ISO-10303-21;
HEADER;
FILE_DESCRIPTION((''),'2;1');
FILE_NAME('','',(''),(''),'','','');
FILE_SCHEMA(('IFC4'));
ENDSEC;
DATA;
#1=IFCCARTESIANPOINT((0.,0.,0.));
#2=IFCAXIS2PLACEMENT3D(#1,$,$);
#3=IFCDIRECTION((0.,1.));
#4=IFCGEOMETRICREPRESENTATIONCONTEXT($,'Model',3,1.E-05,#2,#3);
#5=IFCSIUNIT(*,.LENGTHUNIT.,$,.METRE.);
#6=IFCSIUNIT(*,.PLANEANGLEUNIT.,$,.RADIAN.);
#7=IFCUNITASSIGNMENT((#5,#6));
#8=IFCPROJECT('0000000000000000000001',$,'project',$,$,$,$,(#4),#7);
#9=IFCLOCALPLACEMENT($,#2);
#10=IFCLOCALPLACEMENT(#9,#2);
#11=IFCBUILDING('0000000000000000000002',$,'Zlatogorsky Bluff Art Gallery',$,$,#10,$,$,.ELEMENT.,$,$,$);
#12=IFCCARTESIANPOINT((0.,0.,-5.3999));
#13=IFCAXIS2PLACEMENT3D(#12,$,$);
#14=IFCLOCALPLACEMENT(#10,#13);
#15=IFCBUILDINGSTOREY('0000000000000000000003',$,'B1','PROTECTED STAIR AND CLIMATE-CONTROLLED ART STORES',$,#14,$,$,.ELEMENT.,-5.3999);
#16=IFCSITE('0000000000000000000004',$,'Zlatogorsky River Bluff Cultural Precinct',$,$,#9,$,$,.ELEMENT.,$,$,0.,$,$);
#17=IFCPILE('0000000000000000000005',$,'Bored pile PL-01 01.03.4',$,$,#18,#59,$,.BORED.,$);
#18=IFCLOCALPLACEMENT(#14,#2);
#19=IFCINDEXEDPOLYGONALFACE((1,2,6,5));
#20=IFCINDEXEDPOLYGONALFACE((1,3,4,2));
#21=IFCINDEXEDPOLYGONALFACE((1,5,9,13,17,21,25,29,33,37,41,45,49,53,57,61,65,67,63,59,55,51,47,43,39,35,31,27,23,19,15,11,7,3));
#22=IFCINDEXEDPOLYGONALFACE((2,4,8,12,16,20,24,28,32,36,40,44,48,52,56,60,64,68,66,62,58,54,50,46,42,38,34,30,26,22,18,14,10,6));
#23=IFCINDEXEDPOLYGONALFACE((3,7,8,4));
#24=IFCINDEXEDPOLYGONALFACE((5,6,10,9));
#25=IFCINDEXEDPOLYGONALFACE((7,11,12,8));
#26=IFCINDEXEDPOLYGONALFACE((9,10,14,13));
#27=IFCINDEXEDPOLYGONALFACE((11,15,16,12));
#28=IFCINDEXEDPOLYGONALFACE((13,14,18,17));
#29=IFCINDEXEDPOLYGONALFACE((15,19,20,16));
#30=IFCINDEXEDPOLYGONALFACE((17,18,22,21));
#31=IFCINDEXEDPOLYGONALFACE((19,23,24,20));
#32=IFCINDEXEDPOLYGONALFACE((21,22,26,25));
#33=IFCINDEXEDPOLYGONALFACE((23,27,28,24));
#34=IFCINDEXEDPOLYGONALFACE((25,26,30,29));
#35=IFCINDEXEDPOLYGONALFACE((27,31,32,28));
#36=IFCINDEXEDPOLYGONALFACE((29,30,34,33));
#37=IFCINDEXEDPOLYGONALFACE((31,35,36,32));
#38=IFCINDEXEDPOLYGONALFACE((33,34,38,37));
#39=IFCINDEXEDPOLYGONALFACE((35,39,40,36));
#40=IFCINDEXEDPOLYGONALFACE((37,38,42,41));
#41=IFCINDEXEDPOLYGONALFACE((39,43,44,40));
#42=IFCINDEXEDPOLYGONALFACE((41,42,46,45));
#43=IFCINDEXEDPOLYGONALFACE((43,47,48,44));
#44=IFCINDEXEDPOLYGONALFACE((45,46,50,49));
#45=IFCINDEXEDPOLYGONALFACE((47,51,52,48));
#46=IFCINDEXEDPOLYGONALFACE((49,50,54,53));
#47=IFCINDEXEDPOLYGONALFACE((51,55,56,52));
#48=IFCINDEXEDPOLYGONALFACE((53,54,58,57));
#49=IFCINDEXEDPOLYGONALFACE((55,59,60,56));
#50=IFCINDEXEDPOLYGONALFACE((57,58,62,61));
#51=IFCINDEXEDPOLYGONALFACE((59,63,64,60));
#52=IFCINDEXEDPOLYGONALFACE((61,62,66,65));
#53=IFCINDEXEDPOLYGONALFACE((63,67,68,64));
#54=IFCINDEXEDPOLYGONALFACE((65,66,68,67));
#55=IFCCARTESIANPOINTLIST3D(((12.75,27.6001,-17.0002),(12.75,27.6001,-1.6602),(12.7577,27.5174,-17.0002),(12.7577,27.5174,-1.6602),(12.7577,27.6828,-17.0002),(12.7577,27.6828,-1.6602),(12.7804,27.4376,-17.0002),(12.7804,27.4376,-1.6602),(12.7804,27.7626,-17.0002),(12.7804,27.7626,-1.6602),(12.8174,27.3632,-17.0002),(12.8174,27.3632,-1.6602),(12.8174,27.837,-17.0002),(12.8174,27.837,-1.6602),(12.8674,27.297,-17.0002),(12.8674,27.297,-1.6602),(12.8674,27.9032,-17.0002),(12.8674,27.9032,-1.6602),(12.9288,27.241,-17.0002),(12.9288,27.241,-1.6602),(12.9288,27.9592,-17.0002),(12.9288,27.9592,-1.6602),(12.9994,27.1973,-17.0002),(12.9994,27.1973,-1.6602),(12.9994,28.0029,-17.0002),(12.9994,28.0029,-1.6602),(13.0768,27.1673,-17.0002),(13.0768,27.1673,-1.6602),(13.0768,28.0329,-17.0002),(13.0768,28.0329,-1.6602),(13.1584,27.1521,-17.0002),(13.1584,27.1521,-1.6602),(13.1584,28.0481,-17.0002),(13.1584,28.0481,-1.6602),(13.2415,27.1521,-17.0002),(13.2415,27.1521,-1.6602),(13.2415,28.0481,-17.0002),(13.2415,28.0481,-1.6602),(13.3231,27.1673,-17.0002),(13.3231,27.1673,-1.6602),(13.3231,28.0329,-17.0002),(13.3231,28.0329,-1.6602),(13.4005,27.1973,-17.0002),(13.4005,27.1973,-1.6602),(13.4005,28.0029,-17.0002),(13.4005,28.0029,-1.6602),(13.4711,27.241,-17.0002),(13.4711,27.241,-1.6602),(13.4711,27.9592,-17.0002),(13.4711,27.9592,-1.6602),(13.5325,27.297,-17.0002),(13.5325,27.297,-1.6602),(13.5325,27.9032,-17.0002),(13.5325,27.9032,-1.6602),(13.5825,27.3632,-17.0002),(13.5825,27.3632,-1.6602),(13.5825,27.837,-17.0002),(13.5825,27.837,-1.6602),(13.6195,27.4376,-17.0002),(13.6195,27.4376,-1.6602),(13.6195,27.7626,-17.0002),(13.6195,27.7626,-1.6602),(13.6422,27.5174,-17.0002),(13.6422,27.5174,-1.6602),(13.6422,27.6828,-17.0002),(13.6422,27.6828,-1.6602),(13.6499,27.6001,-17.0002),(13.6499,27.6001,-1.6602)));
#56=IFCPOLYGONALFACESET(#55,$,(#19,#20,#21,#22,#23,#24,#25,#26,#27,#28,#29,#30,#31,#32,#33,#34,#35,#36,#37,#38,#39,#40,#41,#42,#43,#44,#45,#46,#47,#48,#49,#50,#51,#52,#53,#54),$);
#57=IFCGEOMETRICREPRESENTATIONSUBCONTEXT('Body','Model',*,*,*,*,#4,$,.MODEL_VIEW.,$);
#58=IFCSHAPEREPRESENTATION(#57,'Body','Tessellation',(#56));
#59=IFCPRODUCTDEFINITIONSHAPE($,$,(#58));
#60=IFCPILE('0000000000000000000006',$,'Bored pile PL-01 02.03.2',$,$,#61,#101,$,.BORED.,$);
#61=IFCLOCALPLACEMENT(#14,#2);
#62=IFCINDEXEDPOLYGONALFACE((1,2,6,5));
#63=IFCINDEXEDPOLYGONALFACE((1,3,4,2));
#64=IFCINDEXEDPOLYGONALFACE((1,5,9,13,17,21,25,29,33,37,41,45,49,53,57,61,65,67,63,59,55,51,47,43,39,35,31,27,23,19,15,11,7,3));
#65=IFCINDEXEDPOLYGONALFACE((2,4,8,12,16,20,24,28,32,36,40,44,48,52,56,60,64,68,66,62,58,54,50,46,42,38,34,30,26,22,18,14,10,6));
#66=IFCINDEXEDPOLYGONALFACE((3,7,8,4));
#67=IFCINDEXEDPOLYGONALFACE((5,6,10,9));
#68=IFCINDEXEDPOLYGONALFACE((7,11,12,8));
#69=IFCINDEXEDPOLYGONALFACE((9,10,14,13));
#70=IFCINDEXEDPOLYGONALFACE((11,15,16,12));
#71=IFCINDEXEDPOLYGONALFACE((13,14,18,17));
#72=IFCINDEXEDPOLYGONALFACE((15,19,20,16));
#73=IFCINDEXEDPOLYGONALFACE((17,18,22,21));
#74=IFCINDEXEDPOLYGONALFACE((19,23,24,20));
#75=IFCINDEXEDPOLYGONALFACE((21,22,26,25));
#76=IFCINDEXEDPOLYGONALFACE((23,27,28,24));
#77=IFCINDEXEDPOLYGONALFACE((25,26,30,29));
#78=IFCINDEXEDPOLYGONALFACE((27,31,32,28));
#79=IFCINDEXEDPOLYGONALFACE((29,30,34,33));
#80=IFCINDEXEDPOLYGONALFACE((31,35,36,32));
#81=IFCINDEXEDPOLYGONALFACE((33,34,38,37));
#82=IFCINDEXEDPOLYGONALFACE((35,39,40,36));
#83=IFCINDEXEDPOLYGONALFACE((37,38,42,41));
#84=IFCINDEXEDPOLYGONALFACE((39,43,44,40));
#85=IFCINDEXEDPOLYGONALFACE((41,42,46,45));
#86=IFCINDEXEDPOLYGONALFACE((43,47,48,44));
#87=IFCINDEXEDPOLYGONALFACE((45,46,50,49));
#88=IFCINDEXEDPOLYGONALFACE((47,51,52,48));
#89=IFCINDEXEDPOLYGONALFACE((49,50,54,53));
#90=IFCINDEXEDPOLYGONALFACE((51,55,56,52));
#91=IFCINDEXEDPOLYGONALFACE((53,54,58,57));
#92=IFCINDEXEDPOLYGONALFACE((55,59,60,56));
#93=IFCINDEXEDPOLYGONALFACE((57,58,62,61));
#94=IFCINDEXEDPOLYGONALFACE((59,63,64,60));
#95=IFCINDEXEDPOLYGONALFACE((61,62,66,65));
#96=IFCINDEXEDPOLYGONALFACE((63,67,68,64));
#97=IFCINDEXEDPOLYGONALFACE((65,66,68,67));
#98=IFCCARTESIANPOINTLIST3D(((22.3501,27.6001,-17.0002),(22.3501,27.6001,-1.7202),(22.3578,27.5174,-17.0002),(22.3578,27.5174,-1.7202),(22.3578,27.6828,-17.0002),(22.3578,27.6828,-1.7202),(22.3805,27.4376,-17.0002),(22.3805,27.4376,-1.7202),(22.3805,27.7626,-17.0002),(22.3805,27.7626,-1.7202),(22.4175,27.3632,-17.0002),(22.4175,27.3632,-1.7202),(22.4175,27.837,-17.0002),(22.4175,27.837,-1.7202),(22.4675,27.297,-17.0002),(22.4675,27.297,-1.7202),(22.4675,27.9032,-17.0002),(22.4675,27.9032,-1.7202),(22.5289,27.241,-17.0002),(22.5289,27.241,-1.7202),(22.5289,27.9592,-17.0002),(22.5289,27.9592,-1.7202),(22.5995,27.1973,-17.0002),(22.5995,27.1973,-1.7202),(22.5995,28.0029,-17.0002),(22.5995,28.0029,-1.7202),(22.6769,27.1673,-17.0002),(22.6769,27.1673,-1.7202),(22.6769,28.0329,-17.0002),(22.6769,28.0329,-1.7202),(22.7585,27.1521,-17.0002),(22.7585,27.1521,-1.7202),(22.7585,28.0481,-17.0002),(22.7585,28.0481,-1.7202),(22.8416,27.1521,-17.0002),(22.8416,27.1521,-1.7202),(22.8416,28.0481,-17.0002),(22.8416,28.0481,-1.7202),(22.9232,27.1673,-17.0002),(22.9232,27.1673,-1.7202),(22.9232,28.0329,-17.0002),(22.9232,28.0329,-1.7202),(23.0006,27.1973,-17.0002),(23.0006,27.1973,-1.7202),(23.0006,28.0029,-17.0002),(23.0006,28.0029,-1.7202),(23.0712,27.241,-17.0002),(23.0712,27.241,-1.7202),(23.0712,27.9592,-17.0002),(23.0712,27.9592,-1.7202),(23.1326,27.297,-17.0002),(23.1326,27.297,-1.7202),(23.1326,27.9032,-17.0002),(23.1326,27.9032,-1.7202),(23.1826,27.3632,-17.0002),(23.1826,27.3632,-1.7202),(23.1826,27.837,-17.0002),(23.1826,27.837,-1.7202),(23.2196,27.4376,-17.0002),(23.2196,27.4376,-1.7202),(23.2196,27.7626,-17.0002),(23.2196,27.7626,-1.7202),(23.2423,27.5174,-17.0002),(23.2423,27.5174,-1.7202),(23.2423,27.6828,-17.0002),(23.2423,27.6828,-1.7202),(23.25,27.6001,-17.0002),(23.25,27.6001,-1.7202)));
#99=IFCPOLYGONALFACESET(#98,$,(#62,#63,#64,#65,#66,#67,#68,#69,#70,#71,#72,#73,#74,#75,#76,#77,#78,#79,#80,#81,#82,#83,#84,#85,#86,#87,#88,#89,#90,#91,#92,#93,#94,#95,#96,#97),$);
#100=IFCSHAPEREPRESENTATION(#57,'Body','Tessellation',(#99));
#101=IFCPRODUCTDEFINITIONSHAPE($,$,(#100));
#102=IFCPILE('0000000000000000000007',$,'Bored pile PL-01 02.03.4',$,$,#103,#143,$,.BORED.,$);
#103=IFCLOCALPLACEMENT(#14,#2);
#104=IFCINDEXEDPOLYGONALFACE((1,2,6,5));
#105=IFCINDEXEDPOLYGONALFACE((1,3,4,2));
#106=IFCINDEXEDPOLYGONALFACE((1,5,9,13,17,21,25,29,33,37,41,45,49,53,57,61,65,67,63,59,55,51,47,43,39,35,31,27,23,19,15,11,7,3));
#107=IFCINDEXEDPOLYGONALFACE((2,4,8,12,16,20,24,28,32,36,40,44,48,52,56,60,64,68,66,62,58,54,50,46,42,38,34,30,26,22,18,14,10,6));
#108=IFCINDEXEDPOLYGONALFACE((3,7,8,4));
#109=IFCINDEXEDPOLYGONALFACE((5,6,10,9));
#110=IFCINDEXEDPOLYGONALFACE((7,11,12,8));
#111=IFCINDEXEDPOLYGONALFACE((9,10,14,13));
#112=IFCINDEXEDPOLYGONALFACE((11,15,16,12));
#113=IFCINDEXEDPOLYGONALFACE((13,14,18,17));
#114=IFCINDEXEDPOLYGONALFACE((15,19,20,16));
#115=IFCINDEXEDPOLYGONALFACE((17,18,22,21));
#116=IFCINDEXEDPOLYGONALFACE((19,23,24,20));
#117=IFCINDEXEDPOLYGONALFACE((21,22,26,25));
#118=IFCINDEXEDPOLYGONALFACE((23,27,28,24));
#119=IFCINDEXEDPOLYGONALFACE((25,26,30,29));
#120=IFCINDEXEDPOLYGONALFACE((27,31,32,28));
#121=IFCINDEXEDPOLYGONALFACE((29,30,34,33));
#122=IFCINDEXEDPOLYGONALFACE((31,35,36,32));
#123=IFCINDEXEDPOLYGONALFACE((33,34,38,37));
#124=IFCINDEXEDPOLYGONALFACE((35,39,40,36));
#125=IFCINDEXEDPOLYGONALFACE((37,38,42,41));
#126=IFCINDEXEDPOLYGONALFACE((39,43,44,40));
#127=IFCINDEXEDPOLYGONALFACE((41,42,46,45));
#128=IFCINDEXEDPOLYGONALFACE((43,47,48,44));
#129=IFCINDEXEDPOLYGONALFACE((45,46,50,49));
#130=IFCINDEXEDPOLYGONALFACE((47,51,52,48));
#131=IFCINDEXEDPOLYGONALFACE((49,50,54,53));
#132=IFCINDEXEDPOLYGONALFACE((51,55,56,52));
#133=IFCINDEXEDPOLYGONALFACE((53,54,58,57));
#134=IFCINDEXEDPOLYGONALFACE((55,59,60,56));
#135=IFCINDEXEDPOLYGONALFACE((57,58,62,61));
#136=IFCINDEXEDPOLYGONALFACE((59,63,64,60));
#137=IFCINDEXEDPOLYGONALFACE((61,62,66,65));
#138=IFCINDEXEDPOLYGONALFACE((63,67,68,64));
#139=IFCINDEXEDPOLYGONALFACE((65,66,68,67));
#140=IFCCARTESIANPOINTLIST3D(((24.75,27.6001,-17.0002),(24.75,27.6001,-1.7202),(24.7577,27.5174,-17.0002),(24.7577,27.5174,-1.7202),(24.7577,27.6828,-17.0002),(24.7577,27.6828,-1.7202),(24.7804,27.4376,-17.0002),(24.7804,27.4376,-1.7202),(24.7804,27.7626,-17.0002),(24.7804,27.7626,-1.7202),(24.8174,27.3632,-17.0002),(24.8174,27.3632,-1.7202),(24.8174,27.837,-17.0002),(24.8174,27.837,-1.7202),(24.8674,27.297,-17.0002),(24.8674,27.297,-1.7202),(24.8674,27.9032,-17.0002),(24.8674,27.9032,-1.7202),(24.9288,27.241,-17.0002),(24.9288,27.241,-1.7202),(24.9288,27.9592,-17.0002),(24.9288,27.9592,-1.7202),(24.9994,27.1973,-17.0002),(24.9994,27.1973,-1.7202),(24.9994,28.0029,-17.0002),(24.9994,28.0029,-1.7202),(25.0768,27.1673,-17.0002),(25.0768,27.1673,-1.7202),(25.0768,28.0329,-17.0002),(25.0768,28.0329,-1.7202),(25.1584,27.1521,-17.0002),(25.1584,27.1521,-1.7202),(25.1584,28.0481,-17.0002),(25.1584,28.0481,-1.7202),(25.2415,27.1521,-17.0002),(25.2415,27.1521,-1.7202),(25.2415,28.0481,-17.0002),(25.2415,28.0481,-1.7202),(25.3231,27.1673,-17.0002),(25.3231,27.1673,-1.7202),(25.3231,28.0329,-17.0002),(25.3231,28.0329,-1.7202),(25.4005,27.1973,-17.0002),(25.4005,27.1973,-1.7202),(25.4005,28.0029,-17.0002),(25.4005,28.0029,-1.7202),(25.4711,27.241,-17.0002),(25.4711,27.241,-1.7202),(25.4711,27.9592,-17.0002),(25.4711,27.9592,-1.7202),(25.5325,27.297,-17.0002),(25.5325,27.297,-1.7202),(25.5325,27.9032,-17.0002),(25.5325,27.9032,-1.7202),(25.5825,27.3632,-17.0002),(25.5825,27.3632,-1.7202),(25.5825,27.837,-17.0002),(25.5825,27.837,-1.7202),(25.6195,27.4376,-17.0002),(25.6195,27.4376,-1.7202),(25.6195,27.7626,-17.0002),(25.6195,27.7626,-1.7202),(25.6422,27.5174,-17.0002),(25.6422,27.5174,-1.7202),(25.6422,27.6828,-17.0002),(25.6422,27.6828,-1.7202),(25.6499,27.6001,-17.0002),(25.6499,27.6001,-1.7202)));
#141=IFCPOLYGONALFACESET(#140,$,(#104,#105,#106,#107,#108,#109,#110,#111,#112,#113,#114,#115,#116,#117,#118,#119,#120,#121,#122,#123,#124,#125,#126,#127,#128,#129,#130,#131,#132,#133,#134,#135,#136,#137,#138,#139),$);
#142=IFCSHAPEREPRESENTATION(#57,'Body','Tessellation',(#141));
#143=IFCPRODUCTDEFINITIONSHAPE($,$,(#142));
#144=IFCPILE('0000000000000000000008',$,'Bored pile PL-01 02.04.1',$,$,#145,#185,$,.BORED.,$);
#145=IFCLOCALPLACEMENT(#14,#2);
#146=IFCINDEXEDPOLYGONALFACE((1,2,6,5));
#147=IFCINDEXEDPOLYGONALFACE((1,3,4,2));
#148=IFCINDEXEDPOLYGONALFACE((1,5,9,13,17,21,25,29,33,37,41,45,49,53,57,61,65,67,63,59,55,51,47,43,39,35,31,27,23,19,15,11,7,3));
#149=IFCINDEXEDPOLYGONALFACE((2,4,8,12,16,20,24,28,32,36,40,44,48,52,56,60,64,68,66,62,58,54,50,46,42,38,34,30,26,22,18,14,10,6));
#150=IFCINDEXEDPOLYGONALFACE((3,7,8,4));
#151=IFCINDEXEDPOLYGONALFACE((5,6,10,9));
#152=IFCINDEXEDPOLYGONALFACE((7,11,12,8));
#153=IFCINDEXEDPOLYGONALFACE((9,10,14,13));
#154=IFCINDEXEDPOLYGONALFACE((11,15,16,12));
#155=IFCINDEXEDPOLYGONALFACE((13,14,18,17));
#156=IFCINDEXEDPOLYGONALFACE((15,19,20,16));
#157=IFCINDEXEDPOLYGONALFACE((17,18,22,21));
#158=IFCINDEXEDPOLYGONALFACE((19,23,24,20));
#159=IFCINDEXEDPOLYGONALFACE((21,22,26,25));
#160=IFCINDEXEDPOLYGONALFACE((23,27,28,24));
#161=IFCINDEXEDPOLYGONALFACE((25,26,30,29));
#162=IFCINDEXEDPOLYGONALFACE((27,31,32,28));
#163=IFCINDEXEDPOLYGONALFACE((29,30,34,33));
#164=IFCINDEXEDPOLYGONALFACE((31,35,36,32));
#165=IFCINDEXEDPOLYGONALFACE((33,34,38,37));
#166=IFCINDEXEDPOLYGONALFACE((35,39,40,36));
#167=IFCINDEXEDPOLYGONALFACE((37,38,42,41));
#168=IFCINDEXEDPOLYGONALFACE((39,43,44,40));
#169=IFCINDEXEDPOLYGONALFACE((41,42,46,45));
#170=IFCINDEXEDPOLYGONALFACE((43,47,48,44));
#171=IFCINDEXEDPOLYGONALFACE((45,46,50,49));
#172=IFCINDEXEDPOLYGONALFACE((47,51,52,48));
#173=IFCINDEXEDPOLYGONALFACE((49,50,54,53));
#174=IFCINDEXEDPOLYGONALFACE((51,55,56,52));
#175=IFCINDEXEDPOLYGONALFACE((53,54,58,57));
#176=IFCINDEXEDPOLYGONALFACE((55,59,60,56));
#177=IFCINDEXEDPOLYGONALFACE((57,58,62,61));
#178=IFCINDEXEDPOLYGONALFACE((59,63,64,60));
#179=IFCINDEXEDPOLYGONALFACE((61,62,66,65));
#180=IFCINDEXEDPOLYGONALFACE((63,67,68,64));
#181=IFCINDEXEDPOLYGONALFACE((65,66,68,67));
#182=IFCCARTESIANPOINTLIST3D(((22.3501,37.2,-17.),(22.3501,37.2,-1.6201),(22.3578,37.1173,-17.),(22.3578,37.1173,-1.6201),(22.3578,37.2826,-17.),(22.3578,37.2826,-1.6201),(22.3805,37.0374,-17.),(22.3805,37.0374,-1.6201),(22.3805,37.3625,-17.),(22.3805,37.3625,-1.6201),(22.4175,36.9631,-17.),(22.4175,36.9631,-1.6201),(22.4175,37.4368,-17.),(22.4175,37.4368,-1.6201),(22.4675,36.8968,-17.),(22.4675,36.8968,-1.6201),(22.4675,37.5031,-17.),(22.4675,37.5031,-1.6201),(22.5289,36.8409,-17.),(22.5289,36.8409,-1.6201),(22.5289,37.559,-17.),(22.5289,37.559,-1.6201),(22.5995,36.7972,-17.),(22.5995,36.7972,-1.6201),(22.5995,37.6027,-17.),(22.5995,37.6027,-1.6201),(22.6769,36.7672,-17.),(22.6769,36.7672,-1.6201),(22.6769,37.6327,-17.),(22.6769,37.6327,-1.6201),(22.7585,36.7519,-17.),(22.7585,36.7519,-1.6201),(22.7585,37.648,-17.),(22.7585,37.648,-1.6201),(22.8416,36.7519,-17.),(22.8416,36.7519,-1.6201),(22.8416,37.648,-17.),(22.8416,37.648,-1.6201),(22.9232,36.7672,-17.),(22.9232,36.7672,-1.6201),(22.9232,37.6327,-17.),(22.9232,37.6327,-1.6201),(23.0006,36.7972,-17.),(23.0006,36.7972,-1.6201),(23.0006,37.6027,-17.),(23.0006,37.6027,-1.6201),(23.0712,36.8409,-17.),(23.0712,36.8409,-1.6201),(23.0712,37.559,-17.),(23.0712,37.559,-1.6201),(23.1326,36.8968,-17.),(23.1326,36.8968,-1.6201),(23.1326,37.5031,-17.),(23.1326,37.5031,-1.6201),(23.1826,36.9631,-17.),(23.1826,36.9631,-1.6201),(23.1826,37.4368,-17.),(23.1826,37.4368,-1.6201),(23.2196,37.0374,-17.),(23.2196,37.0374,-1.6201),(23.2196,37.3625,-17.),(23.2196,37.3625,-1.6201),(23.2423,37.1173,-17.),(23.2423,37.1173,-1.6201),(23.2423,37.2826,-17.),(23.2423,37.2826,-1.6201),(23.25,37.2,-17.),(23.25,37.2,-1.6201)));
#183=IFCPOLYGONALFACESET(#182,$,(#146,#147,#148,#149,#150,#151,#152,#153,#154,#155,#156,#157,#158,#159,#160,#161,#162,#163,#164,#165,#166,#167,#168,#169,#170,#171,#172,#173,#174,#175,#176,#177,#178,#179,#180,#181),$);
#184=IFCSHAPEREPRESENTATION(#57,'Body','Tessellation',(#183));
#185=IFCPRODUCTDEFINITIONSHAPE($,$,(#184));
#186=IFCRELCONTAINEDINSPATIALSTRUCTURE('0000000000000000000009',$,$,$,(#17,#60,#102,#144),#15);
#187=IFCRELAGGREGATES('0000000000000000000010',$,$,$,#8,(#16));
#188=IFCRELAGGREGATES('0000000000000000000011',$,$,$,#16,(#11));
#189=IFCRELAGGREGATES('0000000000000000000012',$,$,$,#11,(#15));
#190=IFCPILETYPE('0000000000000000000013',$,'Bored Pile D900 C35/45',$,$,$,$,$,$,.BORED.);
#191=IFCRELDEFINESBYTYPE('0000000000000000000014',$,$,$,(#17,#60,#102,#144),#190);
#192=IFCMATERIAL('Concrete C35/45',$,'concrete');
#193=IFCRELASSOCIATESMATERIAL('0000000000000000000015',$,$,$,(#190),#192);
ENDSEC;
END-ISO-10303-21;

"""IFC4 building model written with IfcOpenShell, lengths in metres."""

from ifc_helpers import new_model, si_unit, direction, frame, origin, origin_2d, place, context, subcontext, project, spatial, circle, extrude, material, material_profile, profile_set, type_object, element, save


model = new_model("IFC4")

# Units and contexts
model_context = context("Model", 3, precision=1e-05, world=origin(), true_north=direction((0.0, 1.0)))
body_context = subcontext(model_context, "Body", "Model", "MODEL_VIEW")
ifc_project = project(units=[si_unit("LENGTHUNIT", "METRE"), si_unit("PLANEANGLEUNIT", "RADIAN")], contexts=[model_context])

# Site, building, storey
site_placement = place(None, origin())
site = spatial("IfcSite", under=ifc_project, at=site_placement, Name="Zlatogorsky River Bluff Cultural Precinct", CompositionType="ELEMENT", RefElevation=0.0)
building_placement = place(site_placement, origin())
building = spatial("IfcBuilding", under=site, at=building_placement, Name="Zlatogorsky Bluff Art Gallery", CompositionType="ELEMENT")
storey_placement = place(building_placement, frame((0.0, 0.0, -5.3999)))
storey = spatial("IfcBuildingStorey", under=building, at=storey_placement, Name="B1", Description="PROTECTED STAIR AND CLIMATE-CONTROLLED ART STORES", CompositionType="ELEMENT", Elevation=-5.3999)

# Piles
ifc_material_1 = material(Name="Concrete C35/45", Category="concrete")
ifc_material_profile_1 = material_profile(ifc_material_1, circle(Radius=0.45, at=origin_2d()), Name="BORED PILE D900")
ifc_profile_set_1 = profile_set([ifc_material_profile_1], Name="Concrete C35/45")
pile_type = type_object("IfcPileType", Name="Bored Pile D900 C35/45", PredefinedType="BORED", material=ifc_profile_set_1)
pile_placement = place(storey_placement, frame((13.2, 27.6001, -1.6602), z_axis=(0.0, 0.0, -1.0), x_axis=(1.0, 0.0, 0.0)))
element("IfcPile", 1, at=pile_placement, inside=storey, type_object=pile_type, Name="Bored pile PL-01 01.03.4", PredefinedType="BORED", context=body_context, shape_type="SweptSolid", body=[
    extrude(circle(Radius=0.45, at=origin_2d()), origin(), (0.0, 0.0, 1.0), 15.3401),
])
for number, where, z_axis, x_axis, name in (
    (2, (22.8, 27.6001, -1.7202), (0.0, 0.0, -1.0), (1.0, 0.0, 0.0), "Bored pile PL-01 02.03.2"),
    (3, (25.2, 27.6001, -1.7202), (0.0, 0.0, -1.0), (1.0, 0.0, 0.0), "Bored pile PL-01 02.03.4"),
):
    element("IfcPile", number, at=place(storey_placement, frame(where, z_axis=z_axis, x_axis=x_axis)), inside=storey, type_object=pile_type, Name=name, PredefinedType="BORED", context=body_context, shape_type="SweptSolid", body=[
        extrude(circle(Radius=0.45, at=origin_2d()), origin(), (0.0, 0.0, 1.0), 15.28),
    ])
for number, where, z_axis, x_axis, name in (
    (4, (22.8, 37.2, -1.6201), (0.0, 0.0, -1.0), (1.0, 0.0, 0.0), "Bored pile PL-01 02.04.1"),
):
    element("IfcPile", number, at=place(storey_placement, frame(where, z_axis=z_axis, x_axis=x_axis)), inside=storey, type_object=pile_type, Name=name, PredefinedType="BORED", context=body_context, shape_type="SweptSolid", body=[
        extrude(circle(Radius=0.45, at=origin_2d()), origin(), (0.0, 0.0, 1.0), 15.3799),
    ])

save(model, "model.ifc")
